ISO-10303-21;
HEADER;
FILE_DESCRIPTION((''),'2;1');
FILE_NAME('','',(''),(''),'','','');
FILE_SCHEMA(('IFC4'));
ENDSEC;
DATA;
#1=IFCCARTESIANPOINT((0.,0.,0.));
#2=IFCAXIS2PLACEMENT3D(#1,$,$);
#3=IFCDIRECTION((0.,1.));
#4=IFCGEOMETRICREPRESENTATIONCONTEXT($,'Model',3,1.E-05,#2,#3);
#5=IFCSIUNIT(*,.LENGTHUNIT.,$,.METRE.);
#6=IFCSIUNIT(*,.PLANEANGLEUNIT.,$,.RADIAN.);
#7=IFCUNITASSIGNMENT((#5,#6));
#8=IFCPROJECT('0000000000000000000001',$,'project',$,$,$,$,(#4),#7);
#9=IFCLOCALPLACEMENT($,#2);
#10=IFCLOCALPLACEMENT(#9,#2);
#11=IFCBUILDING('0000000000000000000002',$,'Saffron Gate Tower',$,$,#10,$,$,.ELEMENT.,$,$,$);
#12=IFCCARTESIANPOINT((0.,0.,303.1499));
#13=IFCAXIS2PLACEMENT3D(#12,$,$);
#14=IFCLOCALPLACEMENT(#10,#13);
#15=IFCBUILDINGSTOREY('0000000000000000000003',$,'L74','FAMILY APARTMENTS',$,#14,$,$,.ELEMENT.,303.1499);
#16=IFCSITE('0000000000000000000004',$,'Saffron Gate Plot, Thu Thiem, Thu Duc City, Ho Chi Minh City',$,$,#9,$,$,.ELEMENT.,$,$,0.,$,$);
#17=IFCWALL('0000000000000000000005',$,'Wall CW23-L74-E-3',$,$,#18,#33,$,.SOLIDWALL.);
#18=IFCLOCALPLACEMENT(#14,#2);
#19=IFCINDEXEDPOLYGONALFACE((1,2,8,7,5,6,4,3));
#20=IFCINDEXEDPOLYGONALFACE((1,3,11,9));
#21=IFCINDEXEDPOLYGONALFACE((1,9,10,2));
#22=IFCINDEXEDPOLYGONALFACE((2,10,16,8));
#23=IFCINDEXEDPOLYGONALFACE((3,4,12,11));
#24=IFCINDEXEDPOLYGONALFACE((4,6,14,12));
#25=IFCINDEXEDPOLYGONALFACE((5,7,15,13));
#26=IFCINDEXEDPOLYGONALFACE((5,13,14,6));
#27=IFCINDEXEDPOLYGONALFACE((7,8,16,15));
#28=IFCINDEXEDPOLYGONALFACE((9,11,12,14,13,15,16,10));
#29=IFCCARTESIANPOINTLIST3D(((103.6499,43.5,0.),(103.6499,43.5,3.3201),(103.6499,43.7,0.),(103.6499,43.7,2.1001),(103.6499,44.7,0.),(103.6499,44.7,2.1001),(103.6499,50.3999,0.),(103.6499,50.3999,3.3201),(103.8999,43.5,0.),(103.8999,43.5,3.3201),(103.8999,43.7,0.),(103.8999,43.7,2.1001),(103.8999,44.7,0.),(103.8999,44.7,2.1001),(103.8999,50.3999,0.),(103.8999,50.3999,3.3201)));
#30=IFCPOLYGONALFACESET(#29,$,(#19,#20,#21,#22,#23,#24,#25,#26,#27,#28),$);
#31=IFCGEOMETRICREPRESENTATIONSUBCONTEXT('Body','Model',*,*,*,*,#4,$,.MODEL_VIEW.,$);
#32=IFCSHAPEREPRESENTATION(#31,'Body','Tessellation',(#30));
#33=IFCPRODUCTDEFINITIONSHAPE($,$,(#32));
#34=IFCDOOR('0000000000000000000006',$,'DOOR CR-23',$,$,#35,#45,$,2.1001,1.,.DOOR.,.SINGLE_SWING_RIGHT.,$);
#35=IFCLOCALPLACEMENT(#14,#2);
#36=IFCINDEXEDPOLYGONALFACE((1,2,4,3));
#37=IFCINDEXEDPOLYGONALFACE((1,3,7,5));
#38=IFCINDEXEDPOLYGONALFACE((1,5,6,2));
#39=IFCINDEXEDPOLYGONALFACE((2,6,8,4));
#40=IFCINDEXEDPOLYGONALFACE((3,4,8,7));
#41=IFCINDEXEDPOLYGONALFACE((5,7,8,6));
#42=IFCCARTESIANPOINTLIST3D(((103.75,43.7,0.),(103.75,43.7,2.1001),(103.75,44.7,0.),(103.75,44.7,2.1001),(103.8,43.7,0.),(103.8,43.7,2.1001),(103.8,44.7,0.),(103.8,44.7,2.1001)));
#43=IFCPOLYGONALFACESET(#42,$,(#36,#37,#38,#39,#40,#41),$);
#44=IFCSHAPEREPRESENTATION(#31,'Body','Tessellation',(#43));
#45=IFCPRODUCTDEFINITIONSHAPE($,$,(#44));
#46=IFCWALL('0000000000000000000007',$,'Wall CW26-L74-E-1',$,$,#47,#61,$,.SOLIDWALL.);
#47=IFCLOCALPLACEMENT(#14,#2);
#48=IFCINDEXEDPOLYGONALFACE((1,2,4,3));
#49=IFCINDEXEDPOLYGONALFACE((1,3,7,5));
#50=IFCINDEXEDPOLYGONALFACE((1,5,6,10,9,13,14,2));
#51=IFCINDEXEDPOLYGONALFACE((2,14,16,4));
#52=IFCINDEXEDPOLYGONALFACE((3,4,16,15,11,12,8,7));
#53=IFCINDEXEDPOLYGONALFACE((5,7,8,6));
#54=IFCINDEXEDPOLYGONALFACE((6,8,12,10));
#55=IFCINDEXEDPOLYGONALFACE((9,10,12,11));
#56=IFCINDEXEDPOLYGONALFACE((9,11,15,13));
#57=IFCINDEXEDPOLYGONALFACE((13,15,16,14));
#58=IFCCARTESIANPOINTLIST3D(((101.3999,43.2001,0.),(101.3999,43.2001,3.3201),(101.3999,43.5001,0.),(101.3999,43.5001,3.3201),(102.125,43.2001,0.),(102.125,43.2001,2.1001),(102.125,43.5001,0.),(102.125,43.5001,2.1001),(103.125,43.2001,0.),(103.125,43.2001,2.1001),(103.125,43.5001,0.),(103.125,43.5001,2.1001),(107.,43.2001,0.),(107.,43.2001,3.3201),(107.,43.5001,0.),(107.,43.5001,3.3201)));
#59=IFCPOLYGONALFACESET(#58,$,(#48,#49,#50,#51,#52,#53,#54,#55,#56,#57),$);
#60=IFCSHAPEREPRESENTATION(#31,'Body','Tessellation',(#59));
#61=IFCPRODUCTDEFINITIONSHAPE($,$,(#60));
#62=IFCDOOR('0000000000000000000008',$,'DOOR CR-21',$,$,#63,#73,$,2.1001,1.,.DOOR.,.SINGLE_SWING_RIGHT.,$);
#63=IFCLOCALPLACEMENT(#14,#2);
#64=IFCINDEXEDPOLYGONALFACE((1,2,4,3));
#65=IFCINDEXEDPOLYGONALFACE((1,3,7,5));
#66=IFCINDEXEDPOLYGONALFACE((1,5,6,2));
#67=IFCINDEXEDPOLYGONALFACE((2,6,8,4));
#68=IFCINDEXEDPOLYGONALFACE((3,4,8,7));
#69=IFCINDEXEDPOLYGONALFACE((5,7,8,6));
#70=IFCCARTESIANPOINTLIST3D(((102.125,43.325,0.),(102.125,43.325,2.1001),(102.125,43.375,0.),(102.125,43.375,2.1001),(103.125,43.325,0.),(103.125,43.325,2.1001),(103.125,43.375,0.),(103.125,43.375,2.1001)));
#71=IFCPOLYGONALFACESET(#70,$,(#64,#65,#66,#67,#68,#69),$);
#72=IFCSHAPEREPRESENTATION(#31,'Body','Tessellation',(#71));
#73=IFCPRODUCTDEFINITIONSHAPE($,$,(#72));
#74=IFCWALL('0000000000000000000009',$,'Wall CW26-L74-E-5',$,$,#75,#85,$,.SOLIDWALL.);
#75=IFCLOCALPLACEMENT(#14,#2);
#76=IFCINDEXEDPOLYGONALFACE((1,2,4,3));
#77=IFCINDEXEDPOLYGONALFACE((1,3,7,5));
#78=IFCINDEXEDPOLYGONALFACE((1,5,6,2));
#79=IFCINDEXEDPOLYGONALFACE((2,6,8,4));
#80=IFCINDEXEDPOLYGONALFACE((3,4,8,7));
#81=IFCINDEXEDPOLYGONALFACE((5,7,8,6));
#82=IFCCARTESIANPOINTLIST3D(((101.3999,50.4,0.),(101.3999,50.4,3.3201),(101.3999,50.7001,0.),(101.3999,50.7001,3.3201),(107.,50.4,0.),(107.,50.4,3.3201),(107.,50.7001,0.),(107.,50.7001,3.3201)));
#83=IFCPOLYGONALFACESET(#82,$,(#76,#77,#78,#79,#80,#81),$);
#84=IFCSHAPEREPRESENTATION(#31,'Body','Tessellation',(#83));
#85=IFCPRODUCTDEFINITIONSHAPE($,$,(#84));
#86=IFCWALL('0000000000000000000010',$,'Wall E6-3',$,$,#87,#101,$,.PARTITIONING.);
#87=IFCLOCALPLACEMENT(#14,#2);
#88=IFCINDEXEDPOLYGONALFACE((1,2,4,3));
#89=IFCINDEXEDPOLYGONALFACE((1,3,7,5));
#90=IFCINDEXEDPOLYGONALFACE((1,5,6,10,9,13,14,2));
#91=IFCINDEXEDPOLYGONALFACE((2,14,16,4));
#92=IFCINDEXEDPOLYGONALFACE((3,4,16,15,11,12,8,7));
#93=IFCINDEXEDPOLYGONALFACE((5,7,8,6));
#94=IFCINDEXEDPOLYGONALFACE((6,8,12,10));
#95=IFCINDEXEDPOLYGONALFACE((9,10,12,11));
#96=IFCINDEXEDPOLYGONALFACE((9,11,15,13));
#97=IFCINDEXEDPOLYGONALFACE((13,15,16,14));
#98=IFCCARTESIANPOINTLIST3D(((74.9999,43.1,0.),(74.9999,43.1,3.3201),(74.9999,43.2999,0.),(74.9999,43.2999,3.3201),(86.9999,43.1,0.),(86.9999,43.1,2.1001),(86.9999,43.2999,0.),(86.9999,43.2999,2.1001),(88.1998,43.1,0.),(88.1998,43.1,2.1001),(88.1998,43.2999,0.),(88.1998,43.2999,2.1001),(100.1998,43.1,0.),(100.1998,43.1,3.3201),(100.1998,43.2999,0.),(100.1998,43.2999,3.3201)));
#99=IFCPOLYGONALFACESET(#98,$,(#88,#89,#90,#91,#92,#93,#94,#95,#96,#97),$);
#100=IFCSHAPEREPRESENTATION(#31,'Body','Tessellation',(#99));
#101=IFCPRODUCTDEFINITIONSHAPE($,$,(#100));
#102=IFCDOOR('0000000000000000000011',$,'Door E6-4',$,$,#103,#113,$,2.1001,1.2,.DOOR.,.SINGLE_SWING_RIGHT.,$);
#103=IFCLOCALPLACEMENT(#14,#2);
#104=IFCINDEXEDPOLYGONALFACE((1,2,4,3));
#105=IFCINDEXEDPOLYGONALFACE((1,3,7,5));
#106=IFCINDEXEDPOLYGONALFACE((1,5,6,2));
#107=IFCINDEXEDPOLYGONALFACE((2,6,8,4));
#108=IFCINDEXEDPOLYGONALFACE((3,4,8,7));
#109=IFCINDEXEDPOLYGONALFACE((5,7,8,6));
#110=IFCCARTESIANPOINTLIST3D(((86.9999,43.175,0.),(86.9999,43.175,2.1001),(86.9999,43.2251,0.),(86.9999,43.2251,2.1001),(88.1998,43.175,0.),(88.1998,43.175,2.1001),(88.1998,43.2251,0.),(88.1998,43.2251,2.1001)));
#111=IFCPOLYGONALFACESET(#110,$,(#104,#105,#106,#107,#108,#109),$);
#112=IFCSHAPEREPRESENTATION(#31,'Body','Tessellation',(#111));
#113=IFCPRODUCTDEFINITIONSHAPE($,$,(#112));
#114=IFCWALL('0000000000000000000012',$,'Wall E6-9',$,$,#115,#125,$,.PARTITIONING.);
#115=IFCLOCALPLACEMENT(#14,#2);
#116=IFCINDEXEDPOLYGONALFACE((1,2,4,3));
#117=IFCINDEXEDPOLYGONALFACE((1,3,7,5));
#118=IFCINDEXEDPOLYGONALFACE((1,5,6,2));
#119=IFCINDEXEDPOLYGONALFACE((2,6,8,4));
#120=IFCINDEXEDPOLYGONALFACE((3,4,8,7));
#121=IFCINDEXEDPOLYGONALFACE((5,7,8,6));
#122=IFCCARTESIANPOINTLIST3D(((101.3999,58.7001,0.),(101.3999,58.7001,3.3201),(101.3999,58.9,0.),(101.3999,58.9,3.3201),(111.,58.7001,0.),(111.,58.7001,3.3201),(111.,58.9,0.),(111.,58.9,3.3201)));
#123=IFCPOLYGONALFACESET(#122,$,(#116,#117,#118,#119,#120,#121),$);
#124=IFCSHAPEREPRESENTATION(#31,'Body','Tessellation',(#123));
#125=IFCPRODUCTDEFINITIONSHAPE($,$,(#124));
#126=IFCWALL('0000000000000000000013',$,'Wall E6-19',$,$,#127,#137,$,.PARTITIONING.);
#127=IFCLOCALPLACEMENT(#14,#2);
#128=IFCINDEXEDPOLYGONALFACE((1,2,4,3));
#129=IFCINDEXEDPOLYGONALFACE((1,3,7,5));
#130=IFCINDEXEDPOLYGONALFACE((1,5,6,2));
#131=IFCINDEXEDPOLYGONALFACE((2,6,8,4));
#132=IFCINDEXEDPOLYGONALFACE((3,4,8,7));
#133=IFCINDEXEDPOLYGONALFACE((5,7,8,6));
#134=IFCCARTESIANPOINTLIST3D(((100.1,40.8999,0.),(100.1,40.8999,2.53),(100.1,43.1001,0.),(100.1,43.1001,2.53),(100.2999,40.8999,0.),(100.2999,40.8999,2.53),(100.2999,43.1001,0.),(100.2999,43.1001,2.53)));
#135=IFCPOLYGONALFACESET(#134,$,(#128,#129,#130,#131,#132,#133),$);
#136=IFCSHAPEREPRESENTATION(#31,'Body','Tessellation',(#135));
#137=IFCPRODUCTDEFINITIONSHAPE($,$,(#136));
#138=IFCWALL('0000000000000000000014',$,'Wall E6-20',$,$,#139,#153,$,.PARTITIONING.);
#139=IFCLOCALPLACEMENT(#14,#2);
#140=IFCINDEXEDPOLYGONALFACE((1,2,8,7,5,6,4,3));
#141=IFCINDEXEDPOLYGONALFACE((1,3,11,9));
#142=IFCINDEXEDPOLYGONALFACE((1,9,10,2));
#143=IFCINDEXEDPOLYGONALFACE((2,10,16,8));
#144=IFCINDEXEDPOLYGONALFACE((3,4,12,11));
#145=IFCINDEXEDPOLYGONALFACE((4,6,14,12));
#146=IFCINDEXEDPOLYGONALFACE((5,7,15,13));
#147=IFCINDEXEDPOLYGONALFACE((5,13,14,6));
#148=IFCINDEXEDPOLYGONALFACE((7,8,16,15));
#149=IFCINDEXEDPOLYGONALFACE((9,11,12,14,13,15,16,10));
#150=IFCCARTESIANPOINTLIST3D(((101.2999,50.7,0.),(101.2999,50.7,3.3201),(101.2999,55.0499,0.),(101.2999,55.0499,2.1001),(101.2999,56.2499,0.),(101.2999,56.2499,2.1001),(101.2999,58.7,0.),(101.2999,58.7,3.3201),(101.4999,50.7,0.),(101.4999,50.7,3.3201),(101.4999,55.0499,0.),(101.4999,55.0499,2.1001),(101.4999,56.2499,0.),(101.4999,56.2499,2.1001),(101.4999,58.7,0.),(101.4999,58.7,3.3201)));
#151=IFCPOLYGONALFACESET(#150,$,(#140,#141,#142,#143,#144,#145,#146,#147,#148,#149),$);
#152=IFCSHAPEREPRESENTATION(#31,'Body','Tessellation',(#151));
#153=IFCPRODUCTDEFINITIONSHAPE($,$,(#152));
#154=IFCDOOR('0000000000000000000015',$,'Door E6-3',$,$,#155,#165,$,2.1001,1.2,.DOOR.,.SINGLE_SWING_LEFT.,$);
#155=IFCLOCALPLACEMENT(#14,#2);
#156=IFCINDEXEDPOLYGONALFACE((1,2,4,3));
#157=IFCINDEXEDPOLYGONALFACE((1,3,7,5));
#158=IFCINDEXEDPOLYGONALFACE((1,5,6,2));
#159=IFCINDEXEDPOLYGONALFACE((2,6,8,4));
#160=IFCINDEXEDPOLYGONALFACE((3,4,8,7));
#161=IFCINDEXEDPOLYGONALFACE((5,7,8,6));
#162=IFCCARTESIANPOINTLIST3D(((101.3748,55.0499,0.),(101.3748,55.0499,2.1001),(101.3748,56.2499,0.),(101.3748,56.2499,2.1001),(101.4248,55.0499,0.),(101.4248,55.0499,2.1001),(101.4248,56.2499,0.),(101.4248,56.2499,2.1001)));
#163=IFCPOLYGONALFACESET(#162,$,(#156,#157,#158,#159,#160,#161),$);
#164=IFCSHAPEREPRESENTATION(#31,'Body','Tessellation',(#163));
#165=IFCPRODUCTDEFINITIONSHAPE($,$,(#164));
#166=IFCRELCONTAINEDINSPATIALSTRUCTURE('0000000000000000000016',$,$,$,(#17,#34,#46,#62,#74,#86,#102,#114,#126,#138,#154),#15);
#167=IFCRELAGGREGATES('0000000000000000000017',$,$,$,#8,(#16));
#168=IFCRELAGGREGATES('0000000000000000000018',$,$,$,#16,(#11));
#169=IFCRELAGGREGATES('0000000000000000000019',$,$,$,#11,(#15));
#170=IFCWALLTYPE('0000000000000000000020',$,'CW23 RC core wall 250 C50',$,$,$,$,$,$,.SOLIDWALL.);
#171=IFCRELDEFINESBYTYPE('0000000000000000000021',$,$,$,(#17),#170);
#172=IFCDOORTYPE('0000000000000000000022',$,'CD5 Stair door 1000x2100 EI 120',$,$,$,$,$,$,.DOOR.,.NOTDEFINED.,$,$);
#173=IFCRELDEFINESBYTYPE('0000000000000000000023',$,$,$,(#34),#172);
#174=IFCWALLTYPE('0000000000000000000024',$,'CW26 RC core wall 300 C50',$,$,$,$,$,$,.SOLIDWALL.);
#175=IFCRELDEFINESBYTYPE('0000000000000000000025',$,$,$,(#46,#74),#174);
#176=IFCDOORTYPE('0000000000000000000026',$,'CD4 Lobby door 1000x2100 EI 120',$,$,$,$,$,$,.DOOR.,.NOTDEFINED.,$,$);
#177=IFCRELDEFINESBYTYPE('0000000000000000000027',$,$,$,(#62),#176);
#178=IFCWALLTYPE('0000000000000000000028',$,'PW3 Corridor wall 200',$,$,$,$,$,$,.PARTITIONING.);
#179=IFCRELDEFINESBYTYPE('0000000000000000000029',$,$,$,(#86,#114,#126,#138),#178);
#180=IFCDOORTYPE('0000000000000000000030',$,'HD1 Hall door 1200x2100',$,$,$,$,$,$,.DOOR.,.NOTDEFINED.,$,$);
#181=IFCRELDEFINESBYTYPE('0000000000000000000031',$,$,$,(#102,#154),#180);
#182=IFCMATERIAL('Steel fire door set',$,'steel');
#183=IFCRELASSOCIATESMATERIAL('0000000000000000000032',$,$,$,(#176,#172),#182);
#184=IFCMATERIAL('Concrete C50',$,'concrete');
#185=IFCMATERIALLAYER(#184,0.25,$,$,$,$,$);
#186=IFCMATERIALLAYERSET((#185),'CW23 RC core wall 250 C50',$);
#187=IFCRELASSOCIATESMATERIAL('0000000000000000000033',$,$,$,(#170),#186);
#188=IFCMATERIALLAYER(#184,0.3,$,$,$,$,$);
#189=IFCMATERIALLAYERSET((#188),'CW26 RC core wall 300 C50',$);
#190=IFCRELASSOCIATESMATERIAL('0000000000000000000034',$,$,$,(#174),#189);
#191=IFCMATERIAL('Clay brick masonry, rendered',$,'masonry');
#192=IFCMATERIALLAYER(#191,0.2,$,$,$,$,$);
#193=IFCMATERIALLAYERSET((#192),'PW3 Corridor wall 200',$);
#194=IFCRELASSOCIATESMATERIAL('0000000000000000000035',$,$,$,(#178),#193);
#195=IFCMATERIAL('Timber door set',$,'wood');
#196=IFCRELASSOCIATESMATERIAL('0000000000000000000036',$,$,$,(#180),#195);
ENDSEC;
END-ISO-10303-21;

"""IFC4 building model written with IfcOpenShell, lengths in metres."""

from ifc_helpers import new_model, si_unit, direction, frame, frame_2d, origin, place, context, subcontext, project, spatial, rectangle, extrude, material, layer, layer_set, type_object, element, fill, save


model = new_model("IFC4")

# Units and contexts
model_context = context("Model", 3, precision=1e-05, world=origin(), true_north=direction((0.0, 1.0)))
body_context = subcontext(model_context, "Body", "Model", "MODEL_VIEW")
ifc_project = project(units=[si_unit("LENGTHUNIT", "METRE"), si_unit("PLANEANGLEUNIT", "RADIAN")], contexts=[model_context])

# Site, building, storey
site_placement = place(None, origin())
site = spatial("IfcSite", under=ifc_project, at=site_placement, Name="Saffron Gate Plot, Thu Thiem, Thu Duc City, Ho Chi Minh City", CompositionType="ELEMENT", RefElevation=0.0)
building_placement = place(site_placement, origin())
building = spatial("IfcBuilding", under=site, at=building_placement, Name="Saffron Gate Tower", CompositionType="ELEMENT")
storey_placement = place(building_placement, frame((0.0, 0.0, 303.1499)))
storey = spatial("IfcBuildingStorey", under=building, at=storey_placement, Name="L74", Description="FAMILY APARTMENTS", CompositionType="ELEMENT", Elevation=303.1499)

# Walls, openings, doors
ifc_material_1 = material(Name="Steel fire door set", Category="steel")
door_type_1 = type_object("IfcDoorType", Name="CD4 Lobby door 1000x2100 EI 120", OperationType="NOTDEFINED", PredefinedType="DOOR", material=ifc_material_1)
ifc_material_2 = material(Name="Concrete C50", Category="concrete")
ifc_layer_1 = layer(ifc_material_2, 0.25)
ifc_layer_set_1 = layer_set([ifc_layer_1], Name="CW23 RC core wall 250 C50")
wall_type_1 = type_object("IfcWallType", Name="CW23 RC core wall 250 C50", PredefinedType="SOLIDWALL", material=ifc_layer_set_1)
wall_1_placement = place(storey_placement, frame((103.7749, 43.5, 0.0), z_axis=(0.0, 0.0, 1.0), x_axis=(0.0, 1.0, 0.0)))
wall_1 = element("IfcWall", 1, at=wall_1_placement, inside=storey, type_object=wall_type_1, Name="Wall CW23-L74-E-3", PredefinedType="SOLIDWALL", context=body_context, shape_type="SweptSolid", body=[
    extrude(rectangle(XDim=6.8999, YDim=0.25, at=frame_2d((3.45, 0.0))), origin(), (0.0, 0.0, 1.0), 3.3201),
])
opening_1_placement = place(wall_1_placement, frame((0.2, 0.0, 0.0)))
opening_1 = element("IfcOpeningElement", 2, at=opening_1_placement, cuts=wall_1, PredefinedType="OPENING", context=body_context, shape_type="SweptSolid", body=[
    extrude(rectangle(XDim=1.0, YDim=2.1001, at=frame_2d((0.5, 1.05))), frame((0.0, 0.135, 0.0), z_axis=(0.0, -1.0, 0.0), x_axis=(1.0, 0.0, 0.0)), (0.0, 0.0, 1.0), 0.27),
])
door_type_2 = type_object("IfcDoorType", Name="CD5 Stair door 1000x2100 EI 120", OperationType="NOTDEFINED", PredefinedType="DOOR", material=ifc_material_1)
door_1_placement = place(opening_1_placement, origin())
door_1 = element("IfcDoor", 3, at=door_1_placement, inside=storey, type_object=door_type_2, Name="DOOR CR-23", OperationType="SINGLE_SWING_RIGHT", OverallHeight=2.1001, OverallWidth=1.0, PredefinedType="DOOR", context=body_context, shape_type="SweptSolid", body=[
    extrude(rectangle(XDim=1.0, YDim=2.1001, at=frame_2d((0.5, 1.05))), frame((0.0, 0.0249, 0.0), z_axis=(0.0, -1.0, 0.0), x_axis=(1.0, 0.0, 0.0)), (0.0, 0.0, 1.0), 0.05),
])
fill(opening_1, door_1)
ifc_layer_2 = layer(ifc_material_2, 0.3)
ifc_layer_set_2 = layer_set([ifc_layer_2], Name="CW26 RC core wall 300 C50")
wall_type_2 = type_object("IfcWallType", Name="CW26 RC core wall 300 C50", PredefinedType="SOLIDWALL", material=ifc_layer_set_2)
wall_2_placement = place(storey_placement, frame((101.3999, 43.3501, 0.0), z_axis=(0.0, 0.0, 1.0), x_axis=(1.0, 0.0, 0.0)))
wall_2 = element("IfcWall", 4, at=wall_2_placement, inside=storey, type_object=wall_type_2, Name="Wall CW26-L74-E-1", PredefinedType="SOLIDWALL", context=body_context, shape_type="SweptSolid", body=[
    extrude(rectangle(XDim=5.6001, YDim=0.3, at=frame_2d((2.8, 0.0))), origin(), (0.0, 0.0, 1.0), 3.3201),
])
opening_2_placement = place(wall_2_placement, frame((0.7251, 0.0, 0.0)))
opening_2 = element("IfcOpeningElement", 5, at=opening_2_placement, cuts=wall_2, PredefinedType="OPENING", context=body_context, shape_type="SweptSolid", body=[
    extrude(rectangle(XDim=1.0, YDim=2.1001, at=frame_2d((0.5, 1.05))), frame((0.0, 0.1602, 0.0), z_axis=(0.0, -1.0, 0.0), x_axis=(1.0, 0.0, 0.0)), (0.0, 0.0, 1.0), 0.3201),
])
door_2_placement = place(opening_2_placement, origin())
door_2 = element("IfcDoor", 6, at=door_2_placement, inside=storey, type_object=door_type_1, Name="DOOR CR-21", OperationType="SINGLE_SWING_RIGHT", OverallHeight=2.1001, OverallWidth=1.0, PredefinedType="DOOR", context=body_context, shape_type="SweptSolid", body=[
    extrude(rectangle(XDim=1.0, YDim=2.1001, at=frame_2d((0.5, 1.05))), frame((0.0, 0.0249, 0.0), z_axis=(0.0, -1.0, 0.0), x_axis=(1.0, 0.0, 0.0)), (0.0, 0.0, 1.0), 0.05),
])
fill(opening_2, door_2)

# Wall
wall_3_placement = place(storey_placement, frame((101.3999, 50.55, 0.0), z_axis=(0.0, 0.0, 1.0), x_axis=(1.0, 0.0, 0.0)))
element("IfcWall", 7, at=wall_3_placement, inside=storey, type_object=wall_type_2, Name="Wall CW26-L74-E-5", PredefinedType="SOLIDWALL", context=body_context, shape_type="SweptSolid", body=[
    extrude(rectangle(XDim=5.6001, YDim=0.3, at=frame_2d((2.8, 0.0))), origin(), (0.0, 0.0, 1.0), 3.3201),
])

# Wall, opening, door
ifc_material_3 = material(Name="Clay brick masonry, rendered", Category="masonry")
ifc_layer_3 = layer(ifc_material_3, 0.2)
ifc_layer_set_3 = layer_set([ifc_layer_3], Name="PW3 Corridor wall 200")
wall_type_3 = type_object("IfcWallType", Name="PW3 Corridor wall 200", PredefinedType="PARTITIONING", material=ifc_layer_set_3)
wall_4_placement = place(storey_placement, frame((100.2, 43.2, 0.0), z_axis=(0.0, 0.0, 1.0), x_axis=(-1.0, 0.0, 0.0)))
wall_4 = element("IfcWall", 8, at=wall_4_placement, inside=storey, type_object=wall_type_3, Name="Wall E6-3", PredefinedType="PARTITIONING", context=body_context, shape_type="SweptSolid", body=[
    extrude(rectangle(XDim=25.2, YDim=0.2, at=frame_2d((12.6001, 0.0))), origin(), (0.0, 0.0, 1.0), 3.3201),
])
opening_3_placement = place(wall_4_placement, frame((12.0, 0.0, 0.0)))
opening_3 = element("IfcOpeningElement", 9, at=opening_3_placement, cuts=wall_4, PredefinedType="OPENING", context=body_context, shape_type="SweptSolid", body=[
    extrude(rectangle(XDim=1.2, YDim=2.1001, at=frame_2d((0.6001, 1.05))), frame((0.0, 0.1099, 0.0), z_axis=(0.0, -1.0, 0.0), x_axis=(1.0, 0.0, 0.0)), (0.0, 0.0, 1.0), 0.22),
])
ifc_material_4 = material(Name="Timber door set", Category="wood")
door_type_3 = type_object("IfcDoorType", Name="HD1 Hall door 1200x2100", OperationType="NOTDEFINED", PredefinedType="DOOR", material=ifc_material_4)
door_3_placement = place(opening_3_placement, origin())
door_3 = element("IfcDoor", 10, at=door_3_placement, inside=storey, type_object=door_type_3, Name="Door E6-4", OperationType="SINGLE_SWING_RIGHT", OverallHeight=2.1001, OverallWidth=1.2, PredefinedType="DOOR", context=body_context, shape_type="SweptSolid", body=[
    extrude(rectangle(XDim=1.2, YDim=2.1001, at=frame_2d((0.6001, 1.05))), frame((0.0, 0.0249, 0.0), z_axis=(0.0, -1.0, 0.0), x_axis=(1.0, 0.0, 0.0)), (0.0, 0.0, 1.0), 0.05),
])
fill(opening_3, door_3)

# Walls
wall_5_placement = place(storey_placement, frame((101.3999, 58.8, 0.0), z_axis=(0.0, 0.0, 1.0), x_axis=(1.0, 0.0, 0.0)))
element("IfcWall", 11, at=wall_5_placement, inside=storey, type_object=wall_type_3, Name="Wall E6-9", PredefinedType="PARTITIONING", context=body_context, shape_type="SweptSolid", body=[
    extrude(rectangle(XDim=9.6001, YDim=0.2, at=frame_2d((4.8, 0.0))), origin(), (0.0, 0.0, 1.0), 3.3201),
])
wall_6_placement = place(storey_placement, frame((100.2, 43.1001, 0.0), z_axis=(0.0, 0.0, 1.0), x_axis=(0.0, -1.0, 0.0)))
element("IfcWall", 12, at=wall_6_placement, inside=storey, type_object=wall_type_3, Name="Wall E6-19", PredefinedType="PARTITIONING", context=body_context, shape_type="SweptSolid", body=[
    extrude(rectangle(XDim=2.2002, YDim=0.2, at=frame_2d((1.1001, 0.0))), origin(), (0.0, 0.0, 1.0), 2.53),
])

# Wall, opening, door
wall_7_placement = place(storey_placement, frame((101.3999, 58.7, 0.0), z_axis=(0.0, 0.0, 1.0), x_axis=(0.0, -1.0, 0.0)))
wall_7 = element("IfcWall", 13, at=wall_7_placement, inside=storey, type_object=wall_type_3, Name="Wall E6-20", PredefinedType="PARTITIONING", context=body_context, shape_type="SweptSolid", body=[
    extrude(rectangle(XDim=8.0, YDim=0.2, at=frame_2d((4.0, 0.0))), origin(), (0.0, 0.0, 1.0), 3.3201),
])
opening_4_placement = place(wall_7_placement, frame((2.45, 0.0, 0.0)))
opening_4 = element("IfcOpeningElement", 14, at=opening_4_placement, cuts=wall_7, PredefinedType="OPENING", context=body_context, shape_type="SweptSolid", body=[
    extrude(rectangle(XDim=1.2, YDim=2.1001, at=frame_2d((0.6001, 1.05))), frame((0.0, 0.1099, 0.0), z_axis=(0.0, -1.0, 0.0), x_axis=(1.0, 0.0, 0.0)), (0.0, 0.0, 1.0), 0.22),
])
door_4_placement = place(opening_4_placement, origin())
door_4 = element("IfcDoor", 15, at=door_4_placement, inside=storey, type_object=door_type_3, Name="Door E6-3", OperationType="SINGLE_SWING_LEFT", OverallHeight=2.1001, OverallWidth=1.2, PredefinedType="DOOR", context=body_context, shape_type="SweptSolid", body=[
    extrude(rectangle(XDim=1.2, YDim=2.1001, at=frame_2d((0.6001, 1.05))), frame((0.0, 0.0249, 0.0), z_axis=(0.0, -1.0, 0.0), x_axis=(1.0, 0.0, 0.0)), (0.0, 0.0, 1.0), 0.05),
])
fill(opening_4, door_4)

save(model, "model.ifc")
